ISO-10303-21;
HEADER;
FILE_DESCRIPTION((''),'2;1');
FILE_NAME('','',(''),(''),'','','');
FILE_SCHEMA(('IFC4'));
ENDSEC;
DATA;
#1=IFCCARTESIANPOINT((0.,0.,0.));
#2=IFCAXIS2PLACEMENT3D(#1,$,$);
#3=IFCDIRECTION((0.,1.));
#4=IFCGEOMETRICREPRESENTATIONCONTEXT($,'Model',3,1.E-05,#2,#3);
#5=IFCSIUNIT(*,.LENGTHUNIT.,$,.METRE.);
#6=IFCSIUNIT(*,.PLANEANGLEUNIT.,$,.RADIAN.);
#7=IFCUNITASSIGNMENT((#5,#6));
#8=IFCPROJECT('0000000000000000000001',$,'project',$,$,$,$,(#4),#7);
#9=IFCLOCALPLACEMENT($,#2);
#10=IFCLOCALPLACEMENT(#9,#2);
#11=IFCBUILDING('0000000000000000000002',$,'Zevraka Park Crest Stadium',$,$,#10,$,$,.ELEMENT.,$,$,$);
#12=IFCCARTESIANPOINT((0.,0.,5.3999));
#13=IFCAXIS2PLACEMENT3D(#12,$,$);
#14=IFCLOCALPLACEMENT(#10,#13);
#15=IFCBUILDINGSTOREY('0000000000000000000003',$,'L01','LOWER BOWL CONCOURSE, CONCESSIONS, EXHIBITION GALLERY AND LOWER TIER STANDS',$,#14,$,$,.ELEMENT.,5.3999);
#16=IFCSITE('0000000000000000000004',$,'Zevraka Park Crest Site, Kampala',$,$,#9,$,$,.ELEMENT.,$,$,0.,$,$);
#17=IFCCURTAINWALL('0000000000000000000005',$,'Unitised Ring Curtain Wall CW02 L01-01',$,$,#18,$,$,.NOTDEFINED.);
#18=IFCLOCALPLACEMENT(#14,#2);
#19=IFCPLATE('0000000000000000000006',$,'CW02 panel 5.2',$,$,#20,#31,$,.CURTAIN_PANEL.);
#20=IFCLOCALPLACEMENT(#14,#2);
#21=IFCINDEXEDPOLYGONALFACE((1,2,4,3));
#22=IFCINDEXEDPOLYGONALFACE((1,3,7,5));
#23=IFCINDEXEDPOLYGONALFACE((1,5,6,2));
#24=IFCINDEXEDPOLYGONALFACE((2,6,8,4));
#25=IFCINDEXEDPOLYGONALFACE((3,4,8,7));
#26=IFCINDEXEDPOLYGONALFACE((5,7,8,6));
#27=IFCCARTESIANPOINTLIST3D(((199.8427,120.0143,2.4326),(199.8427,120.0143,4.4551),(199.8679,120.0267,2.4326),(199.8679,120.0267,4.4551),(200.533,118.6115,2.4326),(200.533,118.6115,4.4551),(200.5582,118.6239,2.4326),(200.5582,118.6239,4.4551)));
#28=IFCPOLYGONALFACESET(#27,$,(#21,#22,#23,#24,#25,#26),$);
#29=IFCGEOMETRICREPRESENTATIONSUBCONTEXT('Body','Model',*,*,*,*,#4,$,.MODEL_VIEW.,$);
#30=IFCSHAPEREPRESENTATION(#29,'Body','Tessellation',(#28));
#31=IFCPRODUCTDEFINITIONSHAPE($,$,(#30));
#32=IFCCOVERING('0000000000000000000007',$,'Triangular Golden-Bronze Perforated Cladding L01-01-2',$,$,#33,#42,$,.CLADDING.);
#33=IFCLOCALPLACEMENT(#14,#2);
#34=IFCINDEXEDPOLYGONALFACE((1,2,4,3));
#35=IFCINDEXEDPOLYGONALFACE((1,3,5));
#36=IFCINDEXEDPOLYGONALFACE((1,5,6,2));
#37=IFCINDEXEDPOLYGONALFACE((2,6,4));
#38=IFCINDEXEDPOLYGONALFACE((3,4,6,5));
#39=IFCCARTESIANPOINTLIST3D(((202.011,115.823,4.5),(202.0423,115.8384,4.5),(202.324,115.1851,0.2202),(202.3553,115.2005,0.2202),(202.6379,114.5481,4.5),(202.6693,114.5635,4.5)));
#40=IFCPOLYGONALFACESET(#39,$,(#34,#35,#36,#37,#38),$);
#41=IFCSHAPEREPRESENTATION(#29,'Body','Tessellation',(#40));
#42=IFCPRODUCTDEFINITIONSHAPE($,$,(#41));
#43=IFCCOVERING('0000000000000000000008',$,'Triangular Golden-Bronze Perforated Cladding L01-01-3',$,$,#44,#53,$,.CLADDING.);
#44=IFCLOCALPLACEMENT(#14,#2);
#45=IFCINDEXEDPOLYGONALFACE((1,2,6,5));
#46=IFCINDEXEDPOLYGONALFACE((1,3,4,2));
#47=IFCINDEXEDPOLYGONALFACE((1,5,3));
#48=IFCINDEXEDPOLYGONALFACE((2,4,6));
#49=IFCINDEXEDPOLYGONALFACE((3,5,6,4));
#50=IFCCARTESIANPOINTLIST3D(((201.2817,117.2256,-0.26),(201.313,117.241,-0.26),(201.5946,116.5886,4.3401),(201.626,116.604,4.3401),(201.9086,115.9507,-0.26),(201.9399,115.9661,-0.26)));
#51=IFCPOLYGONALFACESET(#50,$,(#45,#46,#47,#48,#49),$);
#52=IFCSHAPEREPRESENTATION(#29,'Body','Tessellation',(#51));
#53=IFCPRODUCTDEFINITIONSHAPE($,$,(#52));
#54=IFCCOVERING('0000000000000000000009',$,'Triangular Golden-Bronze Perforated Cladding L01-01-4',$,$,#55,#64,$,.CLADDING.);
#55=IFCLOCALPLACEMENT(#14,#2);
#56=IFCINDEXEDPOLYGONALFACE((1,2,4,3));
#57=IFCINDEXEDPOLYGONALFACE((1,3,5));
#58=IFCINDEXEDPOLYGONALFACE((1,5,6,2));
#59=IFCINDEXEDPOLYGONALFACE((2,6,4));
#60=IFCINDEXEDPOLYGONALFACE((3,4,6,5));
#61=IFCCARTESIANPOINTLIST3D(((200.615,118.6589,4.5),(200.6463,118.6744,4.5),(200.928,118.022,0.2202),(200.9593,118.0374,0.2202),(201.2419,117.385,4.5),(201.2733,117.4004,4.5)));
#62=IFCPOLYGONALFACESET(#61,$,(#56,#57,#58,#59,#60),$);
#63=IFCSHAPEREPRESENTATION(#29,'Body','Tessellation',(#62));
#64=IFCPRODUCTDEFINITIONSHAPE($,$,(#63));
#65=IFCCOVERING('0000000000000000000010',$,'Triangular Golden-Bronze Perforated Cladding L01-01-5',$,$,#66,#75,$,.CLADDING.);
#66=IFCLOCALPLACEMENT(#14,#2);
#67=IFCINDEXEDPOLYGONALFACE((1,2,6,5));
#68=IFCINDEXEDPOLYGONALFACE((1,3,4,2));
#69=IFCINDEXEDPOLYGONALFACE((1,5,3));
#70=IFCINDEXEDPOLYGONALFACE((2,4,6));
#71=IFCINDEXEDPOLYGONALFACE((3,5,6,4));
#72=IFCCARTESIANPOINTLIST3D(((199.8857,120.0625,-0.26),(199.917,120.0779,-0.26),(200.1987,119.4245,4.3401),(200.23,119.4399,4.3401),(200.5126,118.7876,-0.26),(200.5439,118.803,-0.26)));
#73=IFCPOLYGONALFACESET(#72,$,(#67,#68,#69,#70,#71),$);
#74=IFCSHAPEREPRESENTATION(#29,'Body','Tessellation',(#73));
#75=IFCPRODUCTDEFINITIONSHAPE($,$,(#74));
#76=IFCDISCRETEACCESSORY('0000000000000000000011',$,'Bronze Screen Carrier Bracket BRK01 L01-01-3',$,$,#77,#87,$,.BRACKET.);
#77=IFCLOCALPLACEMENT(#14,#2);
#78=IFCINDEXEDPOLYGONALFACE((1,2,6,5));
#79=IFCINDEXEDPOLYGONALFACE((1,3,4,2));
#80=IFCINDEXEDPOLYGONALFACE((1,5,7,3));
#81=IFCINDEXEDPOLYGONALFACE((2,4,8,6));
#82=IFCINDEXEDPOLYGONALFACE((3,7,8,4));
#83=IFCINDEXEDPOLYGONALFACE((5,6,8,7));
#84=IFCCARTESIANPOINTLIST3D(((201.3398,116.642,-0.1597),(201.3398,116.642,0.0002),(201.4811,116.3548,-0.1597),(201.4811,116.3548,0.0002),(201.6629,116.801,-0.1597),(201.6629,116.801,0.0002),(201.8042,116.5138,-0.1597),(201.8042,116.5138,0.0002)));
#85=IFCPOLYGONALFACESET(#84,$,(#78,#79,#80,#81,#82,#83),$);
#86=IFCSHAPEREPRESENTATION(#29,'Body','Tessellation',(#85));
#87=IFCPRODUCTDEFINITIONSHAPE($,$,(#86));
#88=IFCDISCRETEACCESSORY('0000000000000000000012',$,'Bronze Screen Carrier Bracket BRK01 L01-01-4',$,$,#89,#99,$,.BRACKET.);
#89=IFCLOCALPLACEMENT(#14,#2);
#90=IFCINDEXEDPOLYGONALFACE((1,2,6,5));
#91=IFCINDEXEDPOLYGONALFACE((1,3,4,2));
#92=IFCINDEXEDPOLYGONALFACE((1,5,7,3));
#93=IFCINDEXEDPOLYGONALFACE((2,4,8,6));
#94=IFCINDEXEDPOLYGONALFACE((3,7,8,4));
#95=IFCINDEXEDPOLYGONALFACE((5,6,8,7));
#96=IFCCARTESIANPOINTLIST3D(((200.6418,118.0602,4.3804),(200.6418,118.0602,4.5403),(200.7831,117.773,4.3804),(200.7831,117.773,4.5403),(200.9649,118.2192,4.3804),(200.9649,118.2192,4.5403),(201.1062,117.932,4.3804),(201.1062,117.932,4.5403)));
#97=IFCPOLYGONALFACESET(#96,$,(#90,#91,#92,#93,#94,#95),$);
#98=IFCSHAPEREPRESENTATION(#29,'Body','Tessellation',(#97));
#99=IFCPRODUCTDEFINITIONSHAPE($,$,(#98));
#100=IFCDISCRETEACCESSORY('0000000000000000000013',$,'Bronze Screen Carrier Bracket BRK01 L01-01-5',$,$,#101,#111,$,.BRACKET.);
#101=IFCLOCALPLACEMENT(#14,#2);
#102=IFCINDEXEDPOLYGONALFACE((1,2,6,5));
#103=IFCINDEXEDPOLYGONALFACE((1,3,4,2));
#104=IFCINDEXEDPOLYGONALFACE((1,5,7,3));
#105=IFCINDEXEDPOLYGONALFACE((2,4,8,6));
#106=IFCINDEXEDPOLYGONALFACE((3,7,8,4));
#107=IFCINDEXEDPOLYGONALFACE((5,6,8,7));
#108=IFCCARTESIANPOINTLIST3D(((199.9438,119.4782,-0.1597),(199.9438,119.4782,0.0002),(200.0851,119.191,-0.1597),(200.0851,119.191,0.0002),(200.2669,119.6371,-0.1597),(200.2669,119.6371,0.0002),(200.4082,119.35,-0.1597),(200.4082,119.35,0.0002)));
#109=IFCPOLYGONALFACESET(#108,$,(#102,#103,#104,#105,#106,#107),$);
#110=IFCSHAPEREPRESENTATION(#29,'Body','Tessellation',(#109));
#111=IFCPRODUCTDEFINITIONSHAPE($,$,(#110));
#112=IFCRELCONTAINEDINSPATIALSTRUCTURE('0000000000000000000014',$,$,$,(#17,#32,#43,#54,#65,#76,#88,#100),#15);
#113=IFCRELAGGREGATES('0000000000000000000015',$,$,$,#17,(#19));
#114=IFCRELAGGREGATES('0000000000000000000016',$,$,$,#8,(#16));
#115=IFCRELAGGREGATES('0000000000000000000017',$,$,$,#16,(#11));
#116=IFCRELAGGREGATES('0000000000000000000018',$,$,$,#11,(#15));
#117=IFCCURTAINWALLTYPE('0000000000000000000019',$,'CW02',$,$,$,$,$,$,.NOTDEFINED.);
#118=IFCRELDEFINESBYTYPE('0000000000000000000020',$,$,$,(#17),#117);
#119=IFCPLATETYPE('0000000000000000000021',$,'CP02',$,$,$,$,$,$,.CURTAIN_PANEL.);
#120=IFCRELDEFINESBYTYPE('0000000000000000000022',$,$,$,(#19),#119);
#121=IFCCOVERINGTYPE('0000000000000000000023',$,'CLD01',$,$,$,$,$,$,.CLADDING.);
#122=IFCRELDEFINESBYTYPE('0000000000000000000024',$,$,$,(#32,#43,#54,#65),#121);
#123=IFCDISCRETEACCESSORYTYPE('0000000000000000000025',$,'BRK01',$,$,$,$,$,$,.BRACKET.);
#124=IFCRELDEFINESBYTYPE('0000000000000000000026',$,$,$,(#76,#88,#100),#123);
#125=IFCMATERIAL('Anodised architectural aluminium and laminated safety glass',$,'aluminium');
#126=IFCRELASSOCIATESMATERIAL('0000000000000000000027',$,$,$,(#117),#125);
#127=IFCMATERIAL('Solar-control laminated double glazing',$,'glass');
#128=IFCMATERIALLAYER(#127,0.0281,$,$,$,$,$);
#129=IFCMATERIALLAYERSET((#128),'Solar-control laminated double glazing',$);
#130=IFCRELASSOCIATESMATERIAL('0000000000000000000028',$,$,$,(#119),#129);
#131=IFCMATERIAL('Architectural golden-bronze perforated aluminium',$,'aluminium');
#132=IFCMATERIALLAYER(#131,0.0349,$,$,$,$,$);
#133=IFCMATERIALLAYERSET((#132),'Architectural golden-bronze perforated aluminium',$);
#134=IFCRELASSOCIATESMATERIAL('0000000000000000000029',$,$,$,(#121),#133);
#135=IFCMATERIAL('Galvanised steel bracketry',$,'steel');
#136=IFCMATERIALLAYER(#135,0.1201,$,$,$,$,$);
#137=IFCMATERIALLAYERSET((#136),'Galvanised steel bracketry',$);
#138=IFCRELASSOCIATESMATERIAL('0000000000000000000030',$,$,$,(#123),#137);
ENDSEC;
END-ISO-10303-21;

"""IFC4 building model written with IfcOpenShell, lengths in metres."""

from ifc_helpers import new_model, si_unit, direction, frame, origin, origin_2d, place, context, subcontext, project, spatial, polyline, rectangle, outline, extrude, material, layer, layer_set, type_object, element, aggregate, save


model = new_model("IFC4")

# Units and contexts
model_context = context("Model", 3, precision=1e-05, world=origin(), true_north=direction((0.0, 1.0)))
body_context = subcontext(model_context, "Body", "Model", "MODEL_VIEW")
ifc_project = project(units=[si_unit("LENGTHUNIT", "METRE"), si_unit("PLANEANGLEUNIT", "RADIAN")], contexts=[model_context])

# Site, building, storey
site_placement = place(None, origin())
site = spatial("IfcSite", under=ifc_project, at=site_placement, Name="Zevraka Park Crest Site, Kampala", CompositionType="ELEMENT", RefElevation=0.0)
building_placement = place(site_placement, origin())
building = spatial("IfcBuilding", under=site, at=building_placement, Name="Zevraka Park Crest Stadium", CompositionType="ELEMENT")
storey_placement = place(building_placement, frame((0.0, 0.0, 5.3999)))
storey = spatial("IfcBuildingStorey", under=building, at=storey_placement, Name="L01", Description="LOWER BOWL CONCOURSE, CONCESSIONS, EXHIBITION GALLERY AND LOWER TIER STANDS", CompositionType="ELEMENT", Elevation=5.3999)

# Curtain wall, plate
ifc_material_1 = material(Name="Anodised architectural aluminium and laminated safety glass", Category="aluminium")
curtain_wall_type = type_object("IfcCurtainWallType", Name="CW02", PredefinedType="NOTDEFINED", material=ifc_material_1)
curtain_wall_placement = place(storey_placement, origin())
curtain_wall = element("IfcCurtainWall", 1, at=curtain_wall_placement, inside=storey, type_object=curtain_wall_type, Name="Unitised Ring Curtain Wall CW02 L01-01", PredefinedType="NOTDEFINED")
ifc_material_2 = material(Name="Solar-control laminated double glazing", Category="glass")
ifc_layer_1 = layer(ifc_material_2, 0.0281)
ifc_layer_set_1 = layer_set([ifc_layer_1], Name="Solar-control laminated double glazing")
plate_type = type_object("IfcPlateType", Name="CP02", PredefinedType="CURTAIN_PANEL", material=ifc_layer_set_1)
plate_1_placement = place(storey_placement, frame((200.2004, 119.3191, 2.4326), z_axis=(0.0, 0.0, 1.0), x_axis=(-0.441517, 0.897253, 0.0)))
plate_1 = element("IfcPlate", 2, at=plate_1_placement, type_object=plate_type, Name="CW02 panel 5.2", PredefinedType="CURTAIN_PANEL", context=body_context, shape_type="SweptSolid", body=[
    extrude(rectangle(XDim=1.5635, YDim=0.0281, at=origin_2d()), origin(), (0.0, 0.0, 1.0), 2.0225),
])
aggregate(curtain_wall, [plate_1])

# Coverings
ifc_material_3 = material(Name="Architectural golden-bronze perforated aluminium", Category="aluminium")
ifc_layer_2 = layer(ifc_material_3, 0.0349)
ifc_layer_set_2 = layer_set([ifc_layer_2], Name="Architectural golden-bronze perforated aluminium")
covering_type = type_object("IfcCoveringType", Name="CLD01", PredefinedType="CLADDING", material=ifc_layer_set_2)
covering_1_placement = place(storey_placement, frame((202.011, 115.823, 4.5), z_axis=(-0.897363, -0.441292, 0.000153), x_axis=(0.441292, -0.897363, 0.0)))
element("IfcCovering", 3, at=covering_1_placement, inside=storey, type_object=covering_type, Name="Triangular Golden-Bronze Perforated Cladding L01-01-2", PredefinedType="CLADDING", context=body_context, shape_type="SweptSolid", body=[
    extrude(outline(polyline([(0.0, 0.0), (1.4207, 0.0), (0.7106, -4.2798), (0.0, 0.0)])), origin(), (0.0, 0.0, -1.0), 0.0349),
])
covering_2_placement = place(storey_placement, frame((201.9399, 115.9661, -0.26), z_axis=(0.897363, 0.441292, 0.000048), x_axis=(-0.441292, 0.897363, 0.0)))
element("IfcCovering", 4, at=covering_2_placement, inside=storey, type_object=covering_type, Name="Triangular Golden-Bronze Perforated Cladding L01-01-3", PredefinedType="CLADDING", context=body_context, shape_type="SweptSolid", body=[
    extrude(outline(polyline([(0.0, 0.0), (1.4207, 0.0), (0.711, 4.6001), (0.0, 0.0)])), origin(), (0.0, 0.0, -1.0), 0.0349),
])
covering_3_placement = place(storey_placement, frame((200.615, 118.6589, 4.5), z_axis=(-0.897229, -0.441565, 0.000102), x_axis=(0.441565, -0.897229, 0.0)))
element("IfcCovering", 5, at=covering_3_placement, inside=storey, type_object=covering_type, Name="Triangular Golden-Bronze Perforated Cladding L01-01-4", PredefinedType="CLADDING", context=body_context, shape_type="SweptSolid", body=[
    extrude(outline(polyline([(0.0, 0.0), (1.4198, 0.0), (0.7097, -4.2798), (0.0, 0.0)])), origin(), (0.0, 0.0, -1.0), 0.0349),
])
covering_4_placement = place(storey_placement, frame((200.5439, 118.803, -0.26), z_axis=(0.897363, 0.441292, 0.000142), x_axis=(-0.441292, 0.897363, 0.0)))
element("IfcCovering", 6, at=covering_4_placement, inside=storey, type_object=covering_type, Name="Triangular Golden-Bronze Perforated Cladding L01-01-5", PredefinedType="CLADDING", context=body_context, shape_type="SweptSolid", body=[
    extrude(outline(polyline([(0.0, 0.0), (1.4207, 0.0), (0.7101, 4.6001), (0.0, 0.0)])), origin(), (0.0, 0.0, -1.0), 0.0349),
])

# Discrete accessories
ifc_material_4 = material(Name="Galvanised steel bracketry", Category="steel")
ifc_layer_3 = layer(ifc_material_4, 0.1201)
ifc_layer_set_3 = layer_set([ifc_layer_3], Name="Galvanised steel bracketry")
discrete_accessory_type = type_object("IfcDiscreteAccessoryType", Name="BRK01", PredefinedType="BRACKET", material=ifc_layer_set_3)
for number, where, z_axis, x_axis, name in (
    (7, (201.572, 116.5779, -0.1597), (0.0, 0.0, 1.0), (-0.441506, 0.897258, 0.0), "Bronze Screen Carrier Bracket BRK01 L01-01-3"),
    (8, (200.874, 117.9961, 4.3804), (0.0, 0.0, 1.0), (-0.441506, 0.897258, 0.0), "Bronze Screen Carrier Bracket BRK01 L01-01-4"),
    (9, (200.176, 119.4141, -0.1597), (0.0, 0.0, 1.0), (-0.441506, 0.897258, 0.0), "Bronze Screen Carrier Bracket BRK01 L01-01-5"),
):
    element("IfcDiscreteAccessory", number, at=place(storey_placement, frame(where, z_axis=z_axis, x_axis=x_axis)), inside=storey, type_object=discrete_accessory_type, Name=name, PredefinedType="BRACKET", context=body_context, shape_type="SweptSolid", body=[
        extrude(rectangle(XDim=0.3201, YDim=0.3601, at=origin_2d()), origin(), (0.0, 0.0, 1.0), 0.1599),
    ])

save(model, "model.ifc")
